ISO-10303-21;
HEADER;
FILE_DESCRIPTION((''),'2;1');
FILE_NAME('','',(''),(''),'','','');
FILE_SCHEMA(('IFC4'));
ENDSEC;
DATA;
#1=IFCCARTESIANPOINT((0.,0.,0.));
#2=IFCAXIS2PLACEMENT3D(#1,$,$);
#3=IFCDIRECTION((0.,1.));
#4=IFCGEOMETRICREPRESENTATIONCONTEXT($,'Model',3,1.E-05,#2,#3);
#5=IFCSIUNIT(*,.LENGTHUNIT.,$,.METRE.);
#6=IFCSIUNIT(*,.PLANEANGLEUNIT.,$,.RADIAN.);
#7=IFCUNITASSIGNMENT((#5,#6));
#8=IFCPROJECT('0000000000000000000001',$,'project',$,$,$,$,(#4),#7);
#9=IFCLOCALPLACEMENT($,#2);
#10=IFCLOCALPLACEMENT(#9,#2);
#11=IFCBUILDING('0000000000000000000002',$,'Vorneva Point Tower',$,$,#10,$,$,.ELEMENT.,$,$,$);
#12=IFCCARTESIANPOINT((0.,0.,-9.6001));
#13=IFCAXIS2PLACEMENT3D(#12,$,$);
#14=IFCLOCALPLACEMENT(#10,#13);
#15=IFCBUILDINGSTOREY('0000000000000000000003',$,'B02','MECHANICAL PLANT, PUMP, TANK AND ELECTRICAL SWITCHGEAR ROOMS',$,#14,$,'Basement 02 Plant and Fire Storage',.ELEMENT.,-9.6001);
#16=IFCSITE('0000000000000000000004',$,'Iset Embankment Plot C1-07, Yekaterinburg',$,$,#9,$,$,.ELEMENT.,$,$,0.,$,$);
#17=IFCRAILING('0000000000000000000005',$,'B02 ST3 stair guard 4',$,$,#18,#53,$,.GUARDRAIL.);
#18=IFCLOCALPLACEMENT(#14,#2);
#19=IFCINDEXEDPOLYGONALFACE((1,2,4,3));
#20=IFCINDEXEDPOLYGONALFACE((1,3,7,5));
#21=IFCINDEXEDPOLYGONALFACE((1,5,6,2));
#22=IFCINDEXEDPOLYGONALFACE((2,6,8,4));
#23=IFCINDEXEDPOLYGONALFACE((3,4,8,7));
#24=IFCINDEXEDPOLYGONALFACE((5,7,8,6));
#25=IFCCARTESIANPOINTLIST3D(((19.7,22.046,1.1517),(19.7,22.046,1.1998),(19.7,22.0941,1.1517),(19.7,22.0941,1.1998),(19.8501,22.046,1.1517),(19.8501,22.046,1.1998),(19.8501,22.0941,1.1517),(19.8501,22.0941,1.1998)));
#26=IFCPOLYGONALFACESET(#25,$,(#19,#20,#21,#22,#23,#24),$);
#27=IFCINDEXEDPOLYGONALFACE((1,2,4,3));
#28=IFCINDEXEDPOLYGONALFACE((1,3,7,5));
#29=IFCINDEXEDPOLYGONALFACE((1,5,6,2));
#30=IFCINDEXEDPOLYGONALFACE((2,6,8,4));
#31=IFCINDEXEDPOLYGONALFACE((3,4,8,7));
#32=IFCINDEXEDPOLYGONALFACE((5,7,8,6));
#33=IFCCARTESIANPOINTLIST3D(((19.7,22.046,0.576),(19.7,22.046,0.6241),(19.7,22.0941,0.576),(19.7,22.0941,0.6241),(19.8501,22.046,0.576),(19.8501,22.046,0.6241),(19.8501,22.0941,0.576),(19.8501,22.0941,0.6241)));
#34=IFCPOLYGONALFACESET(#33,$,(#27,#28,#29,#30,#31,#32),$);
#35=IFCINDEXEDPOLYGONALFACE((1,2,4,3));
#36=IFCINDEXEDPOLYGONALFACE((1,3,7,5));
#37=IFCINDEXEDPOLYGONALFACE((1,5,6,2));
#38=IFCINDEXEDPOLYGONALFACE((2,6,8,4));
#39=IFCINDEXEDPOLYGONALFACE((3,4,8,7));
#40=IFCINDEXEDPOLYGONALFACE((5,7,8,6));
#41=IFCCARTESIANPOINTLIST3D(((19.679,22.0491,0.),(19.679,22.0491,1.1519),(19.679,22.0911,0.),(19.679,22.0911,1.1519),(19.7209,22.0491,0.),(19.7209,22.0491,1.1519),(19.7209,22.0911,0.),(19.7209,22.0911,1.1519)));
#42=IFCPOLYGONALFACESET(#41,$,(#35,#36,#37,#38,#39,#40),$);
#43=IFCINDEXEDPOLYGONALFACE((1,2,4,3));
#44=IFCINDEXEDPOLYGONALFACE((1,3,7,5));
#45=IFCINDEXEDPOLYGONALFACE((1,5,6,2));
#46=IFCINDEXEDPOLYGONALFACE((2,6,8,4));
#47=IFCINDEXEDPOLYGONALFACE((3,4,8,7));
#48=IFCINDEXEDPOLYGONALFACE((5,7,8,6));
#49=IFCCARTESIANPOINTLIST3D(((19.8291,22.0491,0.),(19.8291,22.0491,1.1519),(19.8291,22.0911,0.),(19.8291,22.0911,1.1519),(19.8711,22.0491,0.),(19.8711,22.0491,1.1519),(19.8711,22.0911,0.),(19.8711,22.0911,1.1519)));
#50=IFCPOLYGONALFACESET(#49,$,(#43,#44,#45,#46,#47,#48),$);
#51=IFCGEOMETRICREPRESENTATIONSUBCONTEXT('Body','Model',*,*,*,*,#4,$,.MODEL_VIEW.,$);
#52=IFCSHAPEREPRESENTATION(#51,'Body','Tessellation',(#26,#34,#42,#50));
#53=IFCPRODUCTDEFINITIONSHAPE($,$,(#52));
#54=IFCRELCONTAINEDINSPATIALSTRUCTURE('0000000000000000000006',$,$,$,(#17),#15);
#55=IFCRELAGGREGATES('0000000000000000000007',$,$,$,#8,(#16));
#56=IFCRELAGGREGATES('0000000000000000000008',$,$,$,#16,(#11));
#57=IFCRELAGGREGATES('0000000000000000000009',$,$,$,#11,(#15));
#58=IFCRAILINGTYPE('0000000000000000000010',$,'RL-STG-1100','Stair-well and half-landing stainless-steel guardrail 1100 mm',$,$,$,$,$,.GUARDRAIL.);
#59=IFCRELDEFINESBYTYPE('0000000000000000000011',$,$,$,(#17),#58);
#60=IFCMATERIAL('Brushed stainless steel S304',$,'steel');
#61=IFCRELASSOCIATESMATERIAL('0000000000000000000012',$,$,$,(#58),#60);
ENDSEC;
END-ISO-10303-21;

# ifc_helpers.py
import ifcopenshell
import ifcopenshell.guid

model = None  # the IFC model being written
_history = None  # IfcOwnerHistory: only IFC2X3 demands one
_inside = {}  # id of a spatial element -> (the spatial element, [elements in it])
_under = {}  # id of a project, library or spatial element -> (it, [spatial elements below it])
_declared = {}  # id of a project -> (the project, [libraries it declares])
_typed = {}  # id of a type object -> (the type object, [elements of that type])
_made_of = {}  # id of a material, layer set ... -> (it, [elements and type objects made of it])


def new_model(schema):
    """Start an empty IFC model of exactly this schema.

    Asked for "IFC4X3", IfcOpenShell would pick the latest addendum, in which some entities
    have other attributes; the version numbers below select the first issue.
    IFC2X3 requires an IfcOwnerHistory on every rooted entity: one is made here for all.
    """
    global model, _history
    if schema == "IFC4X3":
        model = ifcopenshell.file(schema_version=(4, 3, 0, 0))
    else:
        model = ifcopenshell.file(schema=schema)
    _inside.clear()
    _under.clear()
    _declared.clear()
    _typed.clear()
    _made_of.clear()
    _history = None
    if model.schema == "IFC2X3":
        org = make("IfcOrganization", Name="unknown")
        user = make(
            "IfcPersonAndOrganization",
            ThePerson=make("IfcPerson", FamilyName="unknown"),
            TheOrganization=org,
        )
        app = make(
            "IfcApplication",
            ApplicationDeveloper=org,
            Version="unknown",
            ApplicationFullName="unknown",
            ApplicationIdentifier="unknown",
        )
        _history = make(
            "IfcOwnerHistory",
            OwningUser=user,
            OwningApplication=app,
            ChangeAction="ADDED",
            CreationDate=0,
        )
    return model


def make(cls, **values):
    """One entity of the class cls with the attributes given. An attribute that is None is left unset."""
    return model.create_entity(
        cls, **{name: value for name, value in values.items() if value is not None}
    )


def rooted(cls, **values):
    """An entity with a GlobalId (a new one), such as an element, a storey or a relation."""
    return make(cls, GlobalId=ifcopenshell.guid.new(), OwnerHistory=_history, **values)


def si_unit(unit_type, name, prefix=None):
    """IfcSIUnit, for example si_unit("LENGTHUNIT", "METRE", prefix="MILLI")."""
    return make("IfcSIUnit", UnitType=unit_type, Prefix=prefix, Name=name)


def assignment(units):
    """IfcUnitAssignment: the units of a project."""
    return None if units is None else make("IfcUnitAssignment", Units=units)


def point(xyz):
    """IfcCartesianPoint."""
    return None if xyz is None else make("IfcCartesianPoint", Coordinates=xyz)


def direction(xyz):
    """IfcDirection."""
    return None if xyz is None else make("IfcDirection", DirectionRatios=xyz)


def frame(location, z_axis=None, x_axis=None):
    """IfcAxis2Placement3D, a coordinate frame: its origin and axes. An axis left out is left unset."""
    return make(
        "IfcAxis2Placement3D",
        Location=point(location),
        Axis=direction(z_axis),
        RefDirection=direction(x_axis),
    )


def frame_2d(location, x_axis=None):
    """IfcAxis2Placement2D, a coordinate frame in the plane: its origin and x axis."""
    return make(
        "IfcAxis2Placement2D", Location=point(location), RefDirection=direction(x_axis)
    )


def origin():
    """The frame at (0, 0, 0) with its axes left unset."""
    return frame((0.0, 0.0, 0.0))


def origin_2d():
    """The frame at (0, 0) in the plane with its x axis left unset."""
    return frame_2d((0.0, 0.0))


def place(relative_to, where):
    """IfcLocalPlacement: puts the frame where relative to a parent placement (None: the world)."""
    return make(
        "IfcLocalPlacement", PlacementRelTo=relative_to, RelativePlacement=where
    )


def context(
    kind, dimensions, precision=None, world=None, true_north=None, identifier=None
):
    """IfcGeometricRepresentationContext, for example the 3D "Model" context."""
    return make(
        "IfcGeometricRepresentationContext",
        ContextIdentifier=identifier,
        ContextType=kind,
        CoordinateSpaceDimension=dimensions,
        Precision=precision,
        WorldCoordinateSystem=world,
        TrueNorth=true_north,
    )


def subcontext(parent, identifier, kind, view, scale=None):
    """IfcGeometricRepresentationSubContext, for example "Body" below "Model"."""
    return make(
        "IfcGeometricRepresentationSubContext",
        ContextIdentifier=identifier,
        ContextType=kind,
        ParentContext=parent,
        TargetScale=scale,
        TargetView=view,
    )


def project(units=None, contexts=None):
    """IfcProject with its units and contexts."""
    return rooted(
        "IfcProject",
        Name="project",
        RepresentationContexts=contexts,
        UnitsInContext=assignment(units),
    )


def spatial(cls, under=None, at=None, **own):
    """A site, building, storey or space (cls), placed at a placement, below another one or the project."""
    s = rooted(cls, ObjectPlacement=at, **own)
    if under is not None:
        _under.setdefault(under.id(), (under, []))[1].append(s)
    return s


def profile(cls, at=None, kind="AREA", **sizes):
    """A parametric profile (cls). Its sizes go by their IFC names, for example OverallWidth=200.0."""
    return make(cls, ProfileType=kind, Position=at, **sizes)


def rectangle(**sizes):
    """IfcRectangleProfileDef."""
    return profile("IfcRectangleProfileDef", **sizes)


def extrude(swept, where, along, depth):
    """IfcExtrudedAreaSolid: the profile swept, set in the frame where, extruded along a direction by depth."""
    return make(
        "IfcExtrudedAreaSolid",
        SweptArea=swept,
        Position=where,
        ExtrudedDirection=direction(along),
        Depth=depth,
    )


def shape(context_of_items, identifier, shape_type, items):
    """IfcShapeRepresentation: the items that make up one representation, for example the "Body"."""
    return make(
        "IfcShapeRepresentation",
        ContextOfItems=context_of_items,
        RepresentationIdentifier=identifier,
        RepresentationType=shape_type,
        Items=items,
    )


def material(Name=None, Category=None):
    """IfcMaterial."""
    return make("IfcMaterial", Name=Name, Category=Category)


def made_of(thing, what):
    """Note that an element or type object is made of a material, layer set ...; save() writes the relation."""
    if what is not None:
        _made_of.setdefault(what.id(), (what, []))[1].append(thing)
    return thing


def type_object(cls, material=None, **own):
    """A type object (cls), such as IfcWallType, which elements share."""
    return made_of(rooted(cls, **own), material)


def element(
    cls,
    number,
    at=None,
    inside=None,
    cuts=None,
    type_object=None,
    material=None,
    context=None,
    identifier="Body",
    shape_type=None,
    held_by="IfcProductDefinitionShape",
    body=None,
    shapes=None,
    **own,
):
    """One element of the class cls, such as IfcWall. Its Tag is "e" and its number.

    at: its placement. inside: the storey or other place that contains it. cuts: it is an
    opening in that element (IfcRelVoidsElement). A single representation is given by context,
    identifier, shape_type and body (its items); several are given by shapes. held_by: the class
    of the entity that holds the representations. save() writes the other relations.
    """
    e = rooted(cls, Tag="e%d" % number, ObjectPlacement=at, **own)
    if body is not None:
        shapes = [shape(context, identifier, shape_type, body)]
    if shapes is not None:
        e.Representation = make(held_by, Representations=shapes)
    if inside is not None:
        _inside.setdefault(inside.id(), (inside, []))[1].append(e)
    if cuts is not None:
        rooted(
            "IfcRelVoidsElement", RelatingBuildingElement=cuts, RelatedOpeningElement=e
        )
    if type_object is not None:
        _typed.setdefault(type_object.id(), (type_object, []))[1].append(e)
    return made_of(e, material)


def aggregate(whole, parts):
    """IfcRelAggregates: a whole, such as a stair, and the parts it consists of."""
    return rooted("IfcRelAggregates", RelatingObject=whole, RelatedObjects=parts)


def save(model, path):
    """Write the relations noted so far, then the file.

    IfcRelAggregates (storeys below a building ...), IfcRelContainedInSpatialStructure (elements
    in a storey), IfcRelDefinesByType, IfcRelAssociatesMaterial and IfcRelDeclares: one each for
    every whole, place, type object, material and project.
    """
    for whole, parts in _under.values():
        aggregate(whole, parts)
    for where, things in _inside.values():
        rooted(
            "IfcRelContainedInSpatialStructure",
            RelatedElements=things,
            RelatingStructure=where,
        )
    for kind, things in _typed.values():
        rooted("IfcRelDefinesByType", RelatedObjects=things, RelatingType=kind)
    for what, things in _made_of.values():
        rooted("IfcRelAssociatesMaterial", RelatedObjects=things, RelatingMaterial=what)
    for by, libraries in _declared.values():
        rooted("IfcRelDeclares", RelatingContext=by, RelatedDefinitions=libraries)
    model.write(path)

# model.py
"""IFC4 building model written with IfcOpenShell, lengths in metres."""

from ifc_helpers import new_model, si_unit, direction, frame, origin, origin_2d, place, context, subcontext, project, spatial, rectangle, extrude, material, type_object, element, save


model = new_model("IFC4")

# Units and contexts
model_context = context("Model", 3, precision=1e-05, world=origin(), true_north=direction((0.0, 1.0)))
body_context = subcontext(model_context, "Body", "Model", "MODEL_VIEW")
ifc_project = project(units=[si_unit("LENGTHUNIT", "METRE"), si_unit("PLANEANGLEUNIT", "RADIAN")], contexts=[model_context])

# Site, building, storey
site_placement = place(None, origin())
site = spatial("IfcSite", under=ifc_project, at=site_placement, Name="Iset Embankment Plot C1-07, Yekaterinburg", CompositionType="ELEMENT", RefElevation=0.0)
building_placement = place(site_placement, origin())
building = spatial("IfcBuilding", under=site, at=building_placement, Name="Vorneva Point Tower", CompositionType="ELEMENT")
storey_placement = place(building_placement, frame((0.0, 0.0, -9.6001)))
storey = spatial("IfcBuildingStorey", under=building, at=storey_placement, Name="B02", Description="MECHANICAL PLANT, PUMP, TANK AND ELECTRICAL SWITCHGEAR ROOMS", LongName="Basement 02 Plant and Fire Storage", CompositionType="ELEMENT", Elevation=-9.6001)

# Railing
ifc_material_1 = material(Name="Brushed stainless steel S304", Category="steel")
railing_type_1 = type_object("IfcRailingType", Name="RL-STG-1100", Description="Stair-well and half-landing stainless-steel guardrail 1100 mm", PredefinedType="GUARDRAIL", material=ifc_material_1)
railing_1_placement = place(storey_placement, frame((19.7, 22.0701, 0.0)))
element("IfcRailing", 1, at=railing_1_placement, inside=storey, type_object=railing_type_1, Name="B02 ST3 stair guard 4", PredefinedType="GUARDRAIL", context=body_context, shape_type="SweptSolid", body=[
    extrude(rectangle(XDim=0.0481, YDim=0.0481, at=origin_2d()), frame((0.0, 0.0, 1.1758), z_axis=(1.0, 0.0, 0.0), x_axis=(0.0, 1.0, 0.0)), (0.0, 0.0, 1.0), 0.1501),
    extrude(rectangle(XDim=0.0481, YDim=0.0481, at=origin_2d()), frame((0.0, 0.0, 0.6001), z_axis=(1.0, 0.0, 0.0), x_axis=(0.0, 1.0, 0.0)), (0.0, 0.0, 1.0), 0.1501),
    extrude(rectangle(XDim=0.042, YDim=0.042, at=origin_2d()), origin(), (0.0, 0.0, 1.0), 1.1519),
    extrude(rectangle(XDim=0.042, YDim=0.042, at=origin_2d()), frame((0.1501, 0.0, 0.0)), (0.0, 0.0, 1.0), 1.1519),
])

save(model, "model.ifc")
